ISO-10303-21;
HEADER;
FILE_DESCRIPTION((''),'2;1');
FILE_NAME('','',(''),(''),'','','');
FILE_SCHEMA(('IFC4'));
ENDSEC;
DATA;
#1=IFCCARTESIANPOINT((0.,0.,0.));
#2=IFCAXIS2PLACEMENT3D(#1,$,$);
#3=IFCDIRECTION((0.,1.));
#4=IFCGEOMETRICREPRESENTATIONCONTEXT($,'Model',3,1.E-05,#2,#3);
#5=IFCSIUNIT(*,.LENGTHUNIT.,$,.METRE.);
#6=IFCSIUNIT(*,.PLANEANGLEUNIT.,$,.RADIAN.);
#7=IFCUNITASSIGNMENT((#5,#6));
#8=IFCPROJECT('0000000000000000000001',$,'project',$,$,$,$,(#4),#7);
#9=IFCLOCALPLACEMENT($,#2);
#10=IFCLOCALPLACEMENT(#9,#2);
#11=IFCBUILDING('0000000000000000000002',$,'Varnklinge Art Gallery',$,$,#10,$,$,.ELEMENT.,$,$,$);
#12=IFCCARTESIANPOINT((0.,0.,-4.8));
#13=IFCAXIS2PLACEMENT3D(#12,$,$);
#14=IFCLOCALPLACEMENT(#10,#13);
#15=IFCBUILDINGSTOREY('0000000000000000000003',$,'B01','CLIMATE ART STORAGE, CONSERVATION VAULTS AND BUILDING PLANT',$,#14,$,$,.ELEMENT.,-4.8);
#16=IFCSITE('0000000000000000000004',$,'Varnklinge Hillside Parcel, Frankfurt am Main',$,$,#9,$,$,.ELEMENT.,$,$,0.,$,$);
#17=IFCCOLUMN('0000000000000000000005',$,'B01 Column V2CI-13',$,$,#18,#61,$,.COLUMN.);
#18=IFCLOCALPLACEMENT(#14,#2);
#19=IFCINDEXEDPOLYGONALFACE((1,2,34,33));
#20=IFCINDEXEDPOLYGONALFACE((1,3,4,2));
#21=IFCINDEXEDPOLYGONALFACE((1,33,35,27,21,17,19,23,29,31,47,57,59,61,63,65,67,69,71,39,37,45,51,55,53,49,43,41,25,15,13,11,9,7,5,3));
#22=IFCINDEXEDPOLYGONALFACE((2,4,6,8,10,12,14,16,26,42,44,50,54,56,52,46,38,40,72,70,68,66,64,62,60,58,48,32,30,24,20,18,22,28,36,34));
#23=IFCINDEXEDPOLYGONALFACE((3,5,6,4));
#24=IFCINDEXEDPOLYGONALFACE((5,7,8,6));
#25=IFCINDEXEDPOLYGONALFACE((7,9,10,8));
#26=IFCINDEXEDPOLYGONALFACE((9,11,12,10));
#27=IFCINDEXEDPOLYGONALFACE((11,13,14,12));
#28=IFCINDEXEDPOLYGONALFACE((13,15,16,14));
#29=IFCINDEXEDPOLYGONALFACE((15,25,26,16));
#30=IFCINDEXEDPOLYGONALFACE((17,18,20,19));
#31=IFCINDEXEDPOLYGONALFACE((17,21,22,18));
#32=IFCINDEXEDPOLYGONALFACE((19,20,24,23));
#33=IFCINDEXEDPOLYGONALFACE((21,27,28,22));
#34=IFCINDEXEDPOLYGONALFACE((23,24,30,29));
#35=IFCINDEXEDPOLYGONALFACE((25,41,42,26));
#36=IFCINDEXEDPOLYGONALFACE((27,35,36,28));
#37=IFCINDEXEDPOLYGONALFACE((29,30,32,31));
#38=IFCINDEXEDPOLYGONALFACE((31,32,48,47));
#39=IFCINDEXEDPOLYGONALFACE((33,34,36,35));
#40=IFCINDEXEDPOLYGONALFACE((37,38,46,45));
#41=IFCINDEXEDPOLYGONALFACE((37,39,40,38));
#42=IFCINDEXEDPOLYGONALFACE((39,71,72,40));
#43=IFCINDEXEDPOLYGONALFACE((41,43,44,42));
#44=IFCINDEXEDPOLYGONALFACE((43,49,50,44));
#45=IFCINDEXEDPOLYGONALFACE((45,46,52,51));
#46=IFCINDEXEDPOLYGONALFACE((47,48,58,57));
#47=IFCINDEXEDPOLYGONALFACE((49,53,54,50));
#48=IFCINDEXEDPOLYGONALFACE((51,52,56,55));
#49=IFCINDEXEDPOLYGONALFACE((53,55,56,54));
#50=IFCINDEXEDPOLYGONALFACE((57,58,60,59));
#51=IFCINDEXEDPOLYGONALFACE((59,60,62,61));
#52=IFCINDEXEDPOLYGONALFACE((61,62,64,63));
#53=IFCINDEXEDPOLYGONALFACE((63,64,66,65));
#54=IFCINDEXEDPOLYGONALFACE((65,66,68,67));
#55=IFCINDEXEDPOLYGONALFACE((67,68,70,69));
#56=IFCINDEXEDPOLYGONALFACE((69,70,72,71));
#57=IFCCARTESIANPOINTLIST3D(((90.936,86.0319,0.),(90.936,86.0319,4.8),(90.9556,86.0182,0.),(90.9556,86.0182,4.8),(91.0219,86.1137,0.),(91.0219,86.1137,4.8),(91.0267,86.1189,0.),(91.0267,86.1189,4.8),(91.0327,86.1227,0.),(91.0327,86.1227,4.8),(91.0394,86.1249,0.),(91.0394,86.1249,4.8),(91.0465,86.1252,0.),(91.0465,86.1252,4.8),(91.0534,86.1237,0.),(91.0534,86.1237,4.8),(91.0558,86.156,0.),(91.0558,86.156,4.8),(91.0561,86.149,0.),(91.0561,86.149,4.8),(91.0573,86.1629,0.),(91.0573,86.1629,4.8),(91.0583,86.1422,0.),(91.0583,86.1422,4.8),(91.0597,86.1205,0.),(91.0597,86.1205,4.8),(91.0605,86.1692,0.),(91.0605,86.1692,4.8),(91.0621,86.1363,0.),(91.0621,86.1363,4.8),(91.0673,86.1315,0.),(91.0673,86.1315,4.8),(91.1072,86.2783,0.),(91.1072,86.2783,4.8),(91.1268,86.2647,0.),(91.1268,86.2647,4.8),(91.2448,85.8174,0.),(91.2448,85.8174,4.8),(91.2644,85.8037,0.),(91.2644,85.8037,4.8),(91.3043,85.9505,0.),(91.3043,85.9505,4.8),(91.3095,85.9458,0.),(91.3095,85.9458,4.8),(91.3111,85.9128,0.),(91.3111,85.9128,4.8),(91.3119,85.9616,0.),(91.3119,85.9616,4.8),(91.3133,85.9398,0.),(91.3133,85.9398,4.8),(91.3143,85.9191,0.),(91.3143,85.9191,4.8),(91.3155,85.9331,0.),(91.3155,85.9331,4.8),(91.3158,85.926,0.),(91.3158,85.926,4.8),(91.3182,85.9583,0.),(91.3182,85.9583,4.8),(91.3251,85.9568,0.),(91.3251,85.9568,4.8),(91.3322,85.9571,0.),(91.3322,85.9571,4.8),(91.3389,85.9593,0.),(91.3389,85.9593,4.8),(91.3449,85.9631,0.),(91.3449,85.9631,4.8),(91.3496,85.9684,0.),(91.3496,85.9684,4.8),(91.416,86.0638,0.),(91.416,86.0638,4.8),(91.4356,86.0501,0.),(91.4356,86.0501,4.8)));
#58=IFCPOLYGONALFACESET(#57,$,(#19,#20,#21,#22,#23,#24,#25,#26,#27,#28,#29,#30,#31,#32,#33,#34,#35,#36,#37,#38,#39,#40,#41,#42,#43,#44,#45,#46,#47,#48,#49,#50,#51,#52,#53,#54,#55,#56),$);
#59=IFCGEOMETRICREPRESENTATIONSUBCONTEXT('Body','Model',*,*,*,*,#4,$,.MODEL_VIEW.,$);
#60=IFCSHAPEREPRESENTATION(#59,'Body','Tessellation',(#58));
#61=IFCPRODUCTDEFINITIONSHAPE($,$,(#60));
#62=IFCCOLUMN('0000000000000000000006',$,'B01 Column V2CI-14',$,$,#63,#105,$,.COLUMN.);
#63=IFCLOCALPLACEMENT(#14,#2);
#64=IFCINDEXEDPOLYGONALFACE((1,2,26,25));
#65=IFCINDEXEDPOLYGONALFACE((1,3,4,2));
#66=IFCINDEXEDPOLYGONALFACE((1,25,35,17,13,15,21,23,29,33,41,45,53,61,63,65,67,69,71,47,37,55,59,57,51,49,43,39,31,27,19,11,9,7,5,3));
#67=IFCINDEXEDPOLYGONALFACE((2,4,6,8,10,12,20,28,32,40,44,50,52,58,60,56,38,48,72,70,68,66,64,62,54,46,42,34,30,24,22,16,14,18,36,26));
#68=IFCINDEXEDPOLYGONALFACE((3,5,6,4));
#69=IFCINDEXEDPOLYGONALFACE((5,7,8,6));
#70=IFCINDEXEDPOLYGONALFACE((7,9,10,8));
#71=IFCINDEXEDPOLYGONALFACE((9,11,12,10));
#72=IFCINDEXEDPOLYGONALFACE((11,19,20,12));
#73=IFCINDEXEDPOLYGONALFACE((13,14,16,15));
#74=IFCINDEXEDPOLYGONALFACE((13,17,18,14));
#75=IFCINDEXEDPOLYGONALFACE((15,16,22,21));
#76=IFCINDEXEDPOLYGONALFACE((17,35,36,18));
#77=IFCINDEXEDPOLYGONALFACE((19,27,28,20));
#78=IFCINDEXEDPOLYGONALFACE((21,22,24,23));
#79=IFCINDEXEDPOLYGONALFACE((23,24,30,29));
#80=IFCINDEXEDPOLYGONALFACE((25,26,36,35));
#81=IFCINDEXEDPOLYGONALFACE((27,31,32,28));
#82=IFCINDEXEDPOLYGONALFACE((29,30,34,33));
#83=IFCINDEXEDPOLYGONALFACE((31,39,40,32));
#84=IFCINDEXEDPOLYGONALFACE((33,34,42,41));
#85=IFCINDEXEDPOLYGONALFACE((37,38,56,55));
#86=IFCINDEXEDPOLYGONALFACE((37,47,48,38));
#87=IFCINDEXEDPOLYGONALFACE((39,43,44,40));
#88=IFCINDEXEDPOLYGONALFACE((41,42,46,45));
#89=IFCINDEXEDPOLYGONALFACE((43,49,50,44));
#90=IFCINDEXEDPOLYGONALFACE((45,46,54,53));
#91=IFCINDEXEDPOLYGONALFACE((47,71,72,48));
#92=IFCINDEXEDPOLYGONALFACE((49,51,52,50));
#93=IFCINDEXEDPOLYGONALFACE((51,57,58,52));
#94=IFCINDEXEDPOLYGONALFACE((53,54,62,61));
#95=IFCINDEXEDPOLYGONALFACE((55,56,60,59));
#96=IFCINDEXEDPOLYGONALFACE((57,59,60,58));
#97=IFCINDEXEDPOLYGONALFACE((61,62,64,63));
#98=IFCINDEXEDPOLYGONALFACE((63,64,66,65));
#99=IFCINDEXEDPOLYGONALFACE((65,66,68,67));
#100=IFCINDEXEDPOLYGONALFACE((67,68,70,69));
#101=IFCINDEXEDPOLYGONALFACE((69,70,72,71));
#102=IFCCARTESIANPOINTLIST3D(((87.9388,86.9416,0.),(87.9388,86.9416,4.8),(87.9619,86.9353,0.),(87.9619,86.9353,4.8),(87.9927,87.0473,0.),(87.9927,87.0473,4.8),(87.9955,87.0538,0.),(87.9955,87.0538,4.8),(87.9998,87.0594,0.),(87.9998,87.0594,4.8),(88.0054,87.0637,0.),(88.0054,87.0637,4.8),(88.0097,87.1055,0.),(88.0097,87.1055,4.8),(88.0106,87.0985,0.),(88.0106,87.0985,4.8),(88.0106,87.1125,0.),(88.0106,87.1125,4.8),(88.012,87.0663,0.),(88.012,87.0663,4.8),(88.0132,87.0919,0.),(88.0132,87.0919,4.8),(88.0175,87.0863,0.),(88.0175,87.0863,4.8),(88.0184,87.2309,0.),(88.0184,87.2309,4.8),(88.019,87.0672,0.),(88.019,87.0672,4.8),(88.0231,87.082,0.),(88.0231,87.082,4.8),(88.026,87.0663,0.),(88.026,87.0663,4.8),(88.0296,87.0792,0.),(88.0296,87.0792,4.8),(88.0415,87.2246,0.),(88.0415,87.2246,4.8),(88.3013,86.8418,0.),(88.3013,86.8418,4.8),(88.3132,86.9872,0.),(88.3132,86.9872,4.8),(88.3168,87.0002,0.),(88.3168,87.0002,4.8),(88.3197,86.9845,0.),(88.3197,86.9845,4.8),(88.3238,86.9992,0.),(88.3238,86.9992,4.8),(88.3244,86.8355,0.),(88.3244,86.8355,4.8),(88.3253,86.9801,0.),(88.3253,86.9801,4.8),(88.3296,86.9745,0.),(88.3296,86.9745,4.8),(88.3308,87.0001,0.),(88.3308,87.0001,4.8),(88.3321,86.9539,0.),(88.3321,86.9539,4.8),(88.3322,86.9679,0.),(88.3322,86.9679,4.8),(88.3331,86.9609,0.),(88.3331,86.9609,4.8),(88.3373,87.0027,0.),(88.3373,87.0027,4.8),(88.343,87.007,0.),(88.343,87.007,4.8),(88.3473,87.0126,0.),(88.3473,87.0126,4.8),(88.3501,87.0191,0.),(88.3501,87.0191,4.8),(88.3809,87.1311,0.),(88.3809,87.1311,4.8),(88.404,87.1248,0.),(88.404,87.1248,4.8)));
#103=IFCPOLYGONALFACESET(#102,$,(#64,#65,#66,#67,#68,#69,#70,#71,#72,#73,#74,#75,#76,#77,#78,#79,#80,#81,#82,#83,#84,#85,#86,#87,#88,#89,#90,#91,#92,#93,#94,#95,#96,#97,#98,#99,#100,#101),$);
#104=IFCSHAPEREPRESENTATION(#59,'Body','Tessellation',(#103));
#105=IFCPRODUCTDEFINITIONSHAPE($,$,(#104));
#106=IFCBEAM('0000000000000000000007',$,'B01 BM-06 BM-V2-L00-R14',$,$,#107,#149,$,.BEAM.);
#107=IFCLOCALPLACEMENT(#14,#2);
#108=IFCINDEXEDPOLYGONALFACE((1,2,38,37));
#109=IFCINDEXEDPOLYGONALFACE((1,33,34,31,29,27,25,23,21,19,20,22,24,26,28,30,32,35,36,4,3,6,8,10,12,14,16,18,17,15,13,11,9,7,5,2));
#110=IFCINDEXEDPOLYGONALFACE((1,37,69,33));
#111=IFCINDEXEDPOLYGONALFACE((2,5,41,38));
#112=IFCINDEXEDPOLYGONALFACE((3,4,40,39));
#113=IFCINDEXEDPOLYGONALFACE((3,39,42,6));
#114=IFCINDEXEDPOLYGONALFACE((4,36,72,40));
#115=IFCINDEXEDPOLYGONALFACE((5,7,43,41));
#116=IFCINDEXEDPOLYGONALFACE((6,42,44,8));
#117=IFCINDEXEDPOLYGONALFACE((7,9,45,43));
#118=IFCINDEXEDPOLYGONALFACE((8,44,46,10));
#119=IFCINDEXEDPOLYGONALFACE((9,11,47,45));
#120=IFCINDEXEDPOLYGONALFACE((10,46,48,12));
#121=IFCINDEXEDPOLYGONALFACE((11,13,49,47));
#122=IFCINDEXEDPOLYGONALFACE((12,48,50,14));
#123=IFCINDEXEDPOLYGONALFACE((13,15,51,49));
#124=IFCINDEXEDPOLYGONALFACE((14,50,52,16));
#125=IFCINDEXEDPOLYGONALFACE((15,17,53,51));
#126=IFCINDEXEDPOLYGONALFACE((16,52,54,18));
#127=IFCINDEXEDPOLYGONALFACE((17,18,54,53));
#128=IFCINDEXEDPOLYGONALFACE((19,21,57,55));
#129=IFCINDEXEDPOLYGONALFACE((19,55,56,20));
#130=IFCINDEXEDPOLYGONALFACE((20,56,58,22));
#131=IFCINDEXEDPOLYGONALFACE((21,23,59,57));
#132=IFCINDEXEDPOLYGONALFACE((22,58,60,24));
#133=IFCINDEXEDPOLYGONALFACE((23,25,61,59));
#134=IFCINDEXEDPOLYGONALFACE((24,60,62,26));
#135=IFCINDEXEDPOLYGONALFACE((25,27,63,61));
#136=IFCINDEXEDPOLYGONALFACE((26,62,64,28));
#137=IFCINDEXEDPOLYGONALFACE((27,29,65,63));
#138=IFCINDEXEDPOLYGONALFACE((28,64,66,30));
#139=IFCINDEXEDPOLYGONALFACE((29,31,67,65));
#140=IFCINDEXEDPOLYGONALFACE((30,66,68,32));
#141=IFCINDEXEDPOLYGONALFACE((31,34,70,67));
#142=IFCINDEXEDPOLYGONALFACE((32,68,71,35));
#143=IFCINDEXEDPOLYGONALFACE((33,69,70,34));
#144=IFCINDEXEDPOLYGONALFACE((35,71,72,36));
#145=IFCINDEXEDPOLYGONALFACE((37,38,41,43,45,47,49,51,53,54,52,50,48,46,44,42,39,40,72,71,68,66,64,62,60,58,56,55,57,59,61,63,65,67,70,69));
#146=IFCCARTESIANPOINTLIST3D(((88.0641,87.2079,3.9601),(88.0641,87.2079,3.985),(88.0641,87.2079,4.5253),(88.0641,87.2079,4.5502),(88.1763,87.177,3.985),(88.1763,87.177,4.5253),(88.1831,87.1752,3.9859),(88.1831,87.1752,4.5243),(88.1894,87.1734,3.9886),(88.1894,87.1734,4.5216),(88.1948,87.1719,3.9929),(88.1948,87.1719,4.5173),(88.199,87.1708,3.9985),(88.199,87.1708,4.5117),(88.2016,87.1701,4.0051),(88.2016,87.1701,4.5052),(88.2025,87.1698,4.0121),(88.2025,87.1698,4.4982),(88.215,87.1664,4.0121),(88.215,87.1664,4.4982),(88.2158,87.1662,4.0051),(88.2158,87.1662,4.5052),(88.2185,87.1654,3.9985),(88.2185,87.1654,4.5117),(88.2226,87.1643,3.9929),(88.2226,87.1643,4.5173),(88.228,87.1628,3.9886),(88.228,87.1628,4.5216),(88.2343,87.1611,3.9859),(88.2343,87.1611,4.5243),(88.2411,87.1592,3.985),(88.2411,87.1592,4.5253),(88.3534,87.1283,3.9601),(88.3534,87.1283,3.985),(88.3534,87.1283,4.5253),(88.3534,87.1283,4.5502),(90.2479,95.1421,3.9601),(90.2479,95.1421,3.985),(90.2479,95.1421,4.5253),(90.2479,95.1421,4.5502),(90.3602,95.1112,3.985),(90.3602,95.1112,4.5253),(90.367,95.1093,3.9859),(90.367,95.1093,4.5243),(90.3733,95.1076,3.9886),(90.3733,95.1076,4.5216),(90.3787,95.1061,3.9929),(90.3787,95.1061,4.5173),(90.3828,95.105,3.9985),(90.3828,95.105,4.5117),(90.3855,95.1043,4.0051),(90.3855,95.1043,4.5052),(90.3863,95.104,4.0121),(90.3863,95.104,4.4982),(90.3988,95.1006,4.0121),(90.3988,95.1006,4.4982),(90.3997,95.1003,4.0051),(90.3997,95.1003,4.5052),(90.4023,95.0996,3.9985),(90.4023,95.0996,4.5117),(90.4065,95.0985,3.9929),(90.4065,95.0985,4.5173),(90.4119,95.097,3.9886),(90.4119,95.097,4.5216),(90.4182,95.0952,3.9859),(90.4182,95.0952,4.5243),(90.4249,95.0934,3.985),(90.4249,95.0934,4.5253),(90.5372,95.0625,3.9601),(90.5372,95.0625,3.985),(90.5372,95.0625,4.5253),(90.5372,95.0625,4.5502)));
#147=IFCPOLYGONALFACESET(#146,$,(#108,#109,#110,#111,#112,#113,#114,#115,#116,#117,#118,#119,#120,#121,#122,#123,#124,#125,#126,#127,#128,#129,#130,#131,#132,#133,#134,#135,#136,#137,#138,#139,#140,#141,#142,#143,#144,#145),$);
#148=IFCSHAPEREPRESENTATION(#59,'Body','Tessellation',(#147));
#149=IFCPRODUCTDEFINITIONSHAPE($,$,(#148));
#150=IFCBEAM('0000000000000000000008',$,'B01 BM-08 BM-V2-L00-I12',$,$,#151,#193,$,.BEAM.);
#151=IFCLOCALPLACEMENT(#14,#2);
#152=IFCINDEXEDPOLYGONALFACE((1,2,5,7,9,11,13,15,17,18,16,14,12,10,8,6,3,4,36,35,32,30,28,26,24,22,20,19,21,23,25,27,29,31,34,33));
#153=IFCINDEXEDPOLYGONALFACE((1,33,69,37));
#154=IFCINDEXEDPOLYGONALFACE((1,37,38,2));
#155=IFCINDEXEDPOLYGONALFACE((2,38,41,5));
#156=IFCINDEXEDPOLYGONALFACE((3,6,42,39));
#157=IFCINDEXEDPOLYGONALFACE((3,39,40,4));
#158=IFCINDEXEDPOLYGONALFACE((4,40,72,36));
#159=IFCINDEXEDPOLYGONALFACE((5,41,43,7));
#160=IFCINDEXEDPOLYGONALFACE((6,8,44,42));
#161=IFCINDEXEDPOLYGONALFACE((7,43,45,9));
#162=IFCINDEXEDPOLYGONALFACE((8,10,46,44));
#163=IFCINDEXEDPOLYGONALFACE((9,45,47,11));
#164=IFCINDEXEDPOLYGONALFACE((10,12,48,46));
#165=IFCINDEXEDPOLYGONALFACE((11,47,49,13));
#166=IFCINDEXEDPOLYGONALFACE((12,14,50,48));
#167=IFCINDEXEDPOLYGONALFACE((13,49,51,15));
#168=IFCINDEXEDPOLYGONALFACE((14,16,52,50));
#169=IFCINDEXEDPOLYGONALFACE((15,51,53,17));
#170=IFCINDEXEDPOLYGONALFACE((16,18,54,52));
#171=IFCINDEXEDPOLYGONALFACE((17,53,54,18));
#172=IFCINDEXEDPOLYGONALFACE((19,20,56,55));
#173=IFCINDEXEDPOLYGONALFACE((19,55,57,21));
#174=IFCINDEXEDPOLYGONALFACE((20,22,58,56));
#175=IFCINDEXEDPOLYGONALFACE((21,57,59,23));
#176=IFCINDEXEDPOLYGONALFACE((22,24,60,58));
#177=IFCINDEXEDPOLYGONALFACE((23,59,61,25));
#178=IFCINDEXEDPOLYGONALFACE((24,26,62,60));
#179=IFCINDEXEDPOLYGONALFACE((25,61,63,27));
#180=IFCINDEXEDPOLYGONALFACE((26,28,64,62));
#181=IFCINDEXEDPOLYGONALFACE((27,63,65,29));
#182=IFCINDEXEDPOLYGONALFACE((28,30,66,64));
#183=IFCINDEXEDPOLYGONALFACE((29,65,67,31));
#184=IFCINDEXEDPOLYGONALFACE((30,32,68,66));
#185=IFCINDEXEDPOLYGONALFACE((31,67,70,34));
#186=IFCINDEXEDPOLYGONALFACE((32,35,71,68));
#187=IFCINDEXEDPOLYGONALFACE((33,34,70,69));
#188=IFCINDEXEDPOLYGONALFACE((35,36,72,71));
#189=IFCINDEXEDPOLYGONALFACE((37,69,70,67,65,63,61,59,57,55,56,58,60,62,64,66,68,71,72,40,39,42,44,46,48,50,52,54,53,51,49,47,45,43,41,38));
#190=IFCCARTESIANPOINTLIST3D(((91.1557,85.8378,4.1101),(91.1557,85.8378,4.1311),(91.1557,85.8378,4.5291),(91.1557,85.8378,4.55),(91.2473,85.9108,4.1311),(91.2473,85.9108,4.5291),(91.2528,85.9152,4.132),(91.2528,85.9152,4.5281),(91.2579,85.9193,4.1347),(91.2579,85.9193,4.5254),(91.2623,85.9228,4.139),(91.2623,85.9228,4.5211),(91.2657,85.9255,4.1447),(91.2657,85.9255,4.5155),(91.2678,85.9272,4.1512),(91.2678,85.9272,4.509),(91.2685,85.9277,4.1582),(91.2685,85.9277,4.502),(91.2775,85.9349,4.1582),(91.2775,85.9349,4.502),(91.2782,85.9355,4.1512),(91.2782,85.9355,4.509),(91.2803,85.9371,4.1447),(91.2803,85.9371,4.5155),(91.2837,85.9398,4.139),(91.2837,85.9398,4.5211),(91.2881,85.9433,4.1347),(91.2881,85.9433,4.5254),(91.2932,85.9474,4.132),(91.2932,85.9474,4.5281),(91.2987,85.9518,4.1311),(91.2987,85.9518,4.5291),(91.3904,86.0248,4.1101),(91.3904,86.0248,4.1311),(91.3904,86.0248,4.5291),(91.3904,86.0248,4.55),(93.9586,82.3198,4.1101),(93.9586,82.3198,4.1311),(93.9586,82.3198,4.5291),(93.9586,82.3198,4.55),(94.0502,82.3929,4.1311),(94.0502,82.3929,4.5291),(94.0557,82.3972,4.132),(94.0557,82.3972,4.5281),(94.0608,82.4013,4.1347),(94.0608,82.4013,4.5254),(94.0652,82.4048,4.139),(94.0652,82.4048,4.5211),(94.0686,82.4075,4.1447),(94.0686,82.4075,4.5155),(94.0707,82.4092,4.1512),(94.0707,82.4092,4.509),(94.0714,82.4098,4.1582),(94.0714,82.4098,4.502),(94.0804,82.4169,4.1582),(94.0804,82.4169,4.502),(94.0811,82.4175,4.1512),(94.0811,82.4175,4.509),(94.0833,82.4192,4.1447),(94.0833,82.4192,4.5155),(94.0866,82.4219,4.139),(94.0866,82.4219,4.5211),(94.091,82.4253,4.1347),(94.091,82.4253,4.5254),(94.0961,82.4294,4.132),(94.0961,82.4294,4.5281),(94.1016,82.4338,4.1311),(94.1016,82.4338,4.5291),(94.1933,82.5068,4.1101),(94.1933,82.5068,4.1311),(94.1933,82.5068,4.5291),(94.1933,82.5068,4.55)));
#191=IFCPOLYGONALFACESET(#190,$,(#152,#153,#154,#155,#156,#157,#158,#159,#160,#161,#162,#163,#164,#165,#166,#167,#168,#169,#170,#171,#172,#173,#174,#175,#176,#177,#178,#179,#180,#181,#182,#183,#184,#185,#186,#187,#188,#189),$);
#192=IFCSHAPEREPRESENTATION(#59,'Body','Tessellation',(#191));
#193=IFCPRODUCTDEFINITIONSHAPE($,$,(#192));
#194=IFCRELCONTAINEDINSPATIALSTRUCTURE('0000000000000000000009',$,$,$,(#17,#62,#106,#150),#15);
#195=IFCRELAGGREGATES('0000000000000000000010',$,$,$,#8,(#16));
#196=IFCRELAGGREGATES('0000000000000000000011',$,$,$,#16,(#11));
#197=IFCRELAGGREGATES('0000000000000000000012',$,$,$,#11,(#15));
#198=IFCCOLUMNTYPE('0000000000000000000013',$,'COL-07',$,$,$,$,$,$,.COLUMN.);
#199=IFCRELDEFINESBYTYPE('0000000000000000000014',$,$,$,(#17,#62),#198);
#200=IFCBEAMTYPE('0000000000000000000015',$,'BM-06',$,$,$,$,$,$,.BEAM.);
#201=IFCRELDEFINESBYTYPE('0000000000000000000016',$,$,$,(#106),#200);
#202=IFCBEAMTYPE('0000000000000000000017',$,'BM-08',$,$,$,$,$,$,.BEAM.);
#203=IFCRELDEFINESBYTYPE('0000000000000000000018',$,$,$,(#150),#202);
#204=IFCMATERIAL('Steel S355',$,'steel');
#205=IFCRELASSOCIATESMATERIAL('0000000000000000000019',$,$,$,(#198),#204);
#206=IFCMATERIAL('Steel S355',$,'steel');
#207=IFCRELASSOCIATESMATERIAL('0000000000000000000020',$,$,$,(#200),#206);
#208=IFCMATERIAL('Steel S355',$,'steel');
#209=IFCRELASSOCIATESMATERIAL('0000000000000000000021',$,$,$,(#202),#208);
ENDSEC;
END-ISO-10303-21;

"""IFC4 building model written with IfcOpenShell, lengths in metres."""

from ifc_helpers import new_model, si_unit, direction, frame, origin, origin_2d, place, context, subcontext, project, spatial, i_section, extrude, material, material_profile, profile_set, type_object, element, save


model = new_model("IFC4")

# Units and contexts
model_context = context("Model", 3, precision=1e-05, world=origin(), true_north=direction((0.0, 1.0)))
body_context = subcontext(model_context, "Body", "Model", "MODEL_VIEW")
ifc_project = project(units=[si_unit("LENGTHUNIT", "METRE"), si_unit("PLANEANGLEUNIT", "RADIAN")], contexts=[model_context])

# Site, building, storey
site_placement = place(None, origin())
site = spatial("IfcSite", under=ifc_project, at=site_placement, Name="Varnklinge Hillside Parcel, Frankfurt am Main", CompositionType="ELEMENT", RefElevation=0.0)
building_placement = place(site_placement, origin())
building = spatial("IfcBuilding", under=site, at=building_placement, Name="Varnklinge Art Gallery", CompositionType="ELEMENT")
storey_placement = place(building_placement, frame((0.0, 0.0, -4.8)))
storey = spatial("IfcBuildingStorey", under=building, at=storey_placement, Name="B01", Description="CLIMATE ART STORAGE, CONSERVATION VAULTS AND BUILDING PLANT", CompositionType="ELEMENT", Elevation=-4.8)

# Columns
ifc_material_1 = material(Name="Steel S355", Category="steel")
ifc_material_profile_1 = material_profile(ifc_material_1, i_section(OverallWidth=0.3, OverallDepth=0.3999, WebThickness=0.0134, FlangeThickness=0.0239, FilletRadius=0.0271, at=origin_2d()), Name="HEB 400")
ifc_profile_set_1 = profile_set([ifc_material_profile_1], Name="Steel S355")
column_type_1 = type_object("IfcColumnType", Name="COL-07", PredefinedType="COLUMN", material=ifc_profile_set_1)
for number, where, z_axis, x_axis, name in (
    (1, (91.1858, 86.041, 0.0), (0.0, 0.0, 1.0), (-0.57057, -0.821249, 0.0), "B01 Column V2CI-13"),
    (2, (88.1714, 87.0332, 0.0), (0.0, 0.0, 1.0), (-0.265388, -0.964142, 0.0), "B01 Column V2CI-14"),
):
    element("IfcColumn", number, at=place(storey_placement, frame(where, z_axis=z_axis, x_axis=x_axis)), inside=storey, type_object=column_type_1, Name=name, PredefinedType="COLUMN", context=body_context, shape_type="SweptSolid", body=[
        extrude(i_section(OverallWidth=0.3, OverallDepth=0.3999, WebThickness=0.0134, FlangeThickness=0.0239, FilletRadius=0.0271, at=origin_2d()), origin(), (0.0, 0.0, 1.0), 4.8),
    ])

# Beams
ifc_material_2 = material(Name="Steel S355", Category="steel")
ifc_material_profile_2 = material_profile(ifc_material_2, i_section(OverallWidth=0.3, OverallDepth=0.5901, WebThickness=0.0129, FlangeThickness=0.0249, FilletRadius=0.0271, at=origin_2d()), Name="HEA 600")
ifc_profile_set_2 = profile_set([ifc_material_profile_2], Name="Steel S355")
beam_type_1 = type_object("IfcBeamType", Name="BM-06", PredefinedType="BEAM", material=ifc_profile_set_2)
beam_1_placement = place(storey_placement, frame((90.3926, 95.1023, 4.2551), z_axis=(-0.265379, -0.964144, 0.0), x_axis=(0.964144, -0.265379, 0.0)))
element("IfcBeam", 3, at=beam_1_placement, inside=storey, type_object=beam_type_1, Name="B01 BM-06 BM-V2-L00-R14", PredefinedType="BEAM", context=body_context, shape_type="SweptSolid", body=[
    extrude(i_section(OverallWidth=0.3, OverallDepth=0.5901, WebThickness=0.0129, FlangeThickness=0.0249, FilletRadius=0.0271, at=origin_2d()), origin(), (0.0, 0.0, 1.0), 8.2292),
])
ifc_material_3 = material(Name="Steel S355", Category="steel")
ifc_material_profile_3 = material_profile(ifc_material_3, i_section(OverallWidth=0.3, OverallDepth=0.4399, WebThickness=0.0115, FlangeThickness=0.021, FilletRadius=0.0271, at=origin_2d()), Name="HEA 450")
ifc_profile_set_3 = profile_set([ifc_material_profile_3], Name="Steel S355")
beam_type_2 = type_object("IfcBeamType", Name="BM-08", PredefinedType="BEAM", material=ifc_profile_set_3)
beam_2_placement = place(storey_placement, frame((94.0759, 82.4133, 4.3301), z_axis=(-0.623138, 0.782112, 0.0), x_axis=(-0.782112, -0.623138, 0.0)))
element("IfcBeam", 4, at=beam_2_placement, inside=storey, type_object=beam_type_2, Name="B01 BM-08 BM-V2-L00-I12", PredefinedType="BEAM", context=body_context, shape_type="SweptSolid", body=[
    extrude(i_section(OverallWidth=0.3, OverallDepth=0.4399, WebThickness=0.0115, FlangeThickness=0.021, FilletRadius=0.0271, at=origin_2d()), origin(), (0.0, 0.0, 1.0), 4.498),
])

save(model, "model.ifc")
